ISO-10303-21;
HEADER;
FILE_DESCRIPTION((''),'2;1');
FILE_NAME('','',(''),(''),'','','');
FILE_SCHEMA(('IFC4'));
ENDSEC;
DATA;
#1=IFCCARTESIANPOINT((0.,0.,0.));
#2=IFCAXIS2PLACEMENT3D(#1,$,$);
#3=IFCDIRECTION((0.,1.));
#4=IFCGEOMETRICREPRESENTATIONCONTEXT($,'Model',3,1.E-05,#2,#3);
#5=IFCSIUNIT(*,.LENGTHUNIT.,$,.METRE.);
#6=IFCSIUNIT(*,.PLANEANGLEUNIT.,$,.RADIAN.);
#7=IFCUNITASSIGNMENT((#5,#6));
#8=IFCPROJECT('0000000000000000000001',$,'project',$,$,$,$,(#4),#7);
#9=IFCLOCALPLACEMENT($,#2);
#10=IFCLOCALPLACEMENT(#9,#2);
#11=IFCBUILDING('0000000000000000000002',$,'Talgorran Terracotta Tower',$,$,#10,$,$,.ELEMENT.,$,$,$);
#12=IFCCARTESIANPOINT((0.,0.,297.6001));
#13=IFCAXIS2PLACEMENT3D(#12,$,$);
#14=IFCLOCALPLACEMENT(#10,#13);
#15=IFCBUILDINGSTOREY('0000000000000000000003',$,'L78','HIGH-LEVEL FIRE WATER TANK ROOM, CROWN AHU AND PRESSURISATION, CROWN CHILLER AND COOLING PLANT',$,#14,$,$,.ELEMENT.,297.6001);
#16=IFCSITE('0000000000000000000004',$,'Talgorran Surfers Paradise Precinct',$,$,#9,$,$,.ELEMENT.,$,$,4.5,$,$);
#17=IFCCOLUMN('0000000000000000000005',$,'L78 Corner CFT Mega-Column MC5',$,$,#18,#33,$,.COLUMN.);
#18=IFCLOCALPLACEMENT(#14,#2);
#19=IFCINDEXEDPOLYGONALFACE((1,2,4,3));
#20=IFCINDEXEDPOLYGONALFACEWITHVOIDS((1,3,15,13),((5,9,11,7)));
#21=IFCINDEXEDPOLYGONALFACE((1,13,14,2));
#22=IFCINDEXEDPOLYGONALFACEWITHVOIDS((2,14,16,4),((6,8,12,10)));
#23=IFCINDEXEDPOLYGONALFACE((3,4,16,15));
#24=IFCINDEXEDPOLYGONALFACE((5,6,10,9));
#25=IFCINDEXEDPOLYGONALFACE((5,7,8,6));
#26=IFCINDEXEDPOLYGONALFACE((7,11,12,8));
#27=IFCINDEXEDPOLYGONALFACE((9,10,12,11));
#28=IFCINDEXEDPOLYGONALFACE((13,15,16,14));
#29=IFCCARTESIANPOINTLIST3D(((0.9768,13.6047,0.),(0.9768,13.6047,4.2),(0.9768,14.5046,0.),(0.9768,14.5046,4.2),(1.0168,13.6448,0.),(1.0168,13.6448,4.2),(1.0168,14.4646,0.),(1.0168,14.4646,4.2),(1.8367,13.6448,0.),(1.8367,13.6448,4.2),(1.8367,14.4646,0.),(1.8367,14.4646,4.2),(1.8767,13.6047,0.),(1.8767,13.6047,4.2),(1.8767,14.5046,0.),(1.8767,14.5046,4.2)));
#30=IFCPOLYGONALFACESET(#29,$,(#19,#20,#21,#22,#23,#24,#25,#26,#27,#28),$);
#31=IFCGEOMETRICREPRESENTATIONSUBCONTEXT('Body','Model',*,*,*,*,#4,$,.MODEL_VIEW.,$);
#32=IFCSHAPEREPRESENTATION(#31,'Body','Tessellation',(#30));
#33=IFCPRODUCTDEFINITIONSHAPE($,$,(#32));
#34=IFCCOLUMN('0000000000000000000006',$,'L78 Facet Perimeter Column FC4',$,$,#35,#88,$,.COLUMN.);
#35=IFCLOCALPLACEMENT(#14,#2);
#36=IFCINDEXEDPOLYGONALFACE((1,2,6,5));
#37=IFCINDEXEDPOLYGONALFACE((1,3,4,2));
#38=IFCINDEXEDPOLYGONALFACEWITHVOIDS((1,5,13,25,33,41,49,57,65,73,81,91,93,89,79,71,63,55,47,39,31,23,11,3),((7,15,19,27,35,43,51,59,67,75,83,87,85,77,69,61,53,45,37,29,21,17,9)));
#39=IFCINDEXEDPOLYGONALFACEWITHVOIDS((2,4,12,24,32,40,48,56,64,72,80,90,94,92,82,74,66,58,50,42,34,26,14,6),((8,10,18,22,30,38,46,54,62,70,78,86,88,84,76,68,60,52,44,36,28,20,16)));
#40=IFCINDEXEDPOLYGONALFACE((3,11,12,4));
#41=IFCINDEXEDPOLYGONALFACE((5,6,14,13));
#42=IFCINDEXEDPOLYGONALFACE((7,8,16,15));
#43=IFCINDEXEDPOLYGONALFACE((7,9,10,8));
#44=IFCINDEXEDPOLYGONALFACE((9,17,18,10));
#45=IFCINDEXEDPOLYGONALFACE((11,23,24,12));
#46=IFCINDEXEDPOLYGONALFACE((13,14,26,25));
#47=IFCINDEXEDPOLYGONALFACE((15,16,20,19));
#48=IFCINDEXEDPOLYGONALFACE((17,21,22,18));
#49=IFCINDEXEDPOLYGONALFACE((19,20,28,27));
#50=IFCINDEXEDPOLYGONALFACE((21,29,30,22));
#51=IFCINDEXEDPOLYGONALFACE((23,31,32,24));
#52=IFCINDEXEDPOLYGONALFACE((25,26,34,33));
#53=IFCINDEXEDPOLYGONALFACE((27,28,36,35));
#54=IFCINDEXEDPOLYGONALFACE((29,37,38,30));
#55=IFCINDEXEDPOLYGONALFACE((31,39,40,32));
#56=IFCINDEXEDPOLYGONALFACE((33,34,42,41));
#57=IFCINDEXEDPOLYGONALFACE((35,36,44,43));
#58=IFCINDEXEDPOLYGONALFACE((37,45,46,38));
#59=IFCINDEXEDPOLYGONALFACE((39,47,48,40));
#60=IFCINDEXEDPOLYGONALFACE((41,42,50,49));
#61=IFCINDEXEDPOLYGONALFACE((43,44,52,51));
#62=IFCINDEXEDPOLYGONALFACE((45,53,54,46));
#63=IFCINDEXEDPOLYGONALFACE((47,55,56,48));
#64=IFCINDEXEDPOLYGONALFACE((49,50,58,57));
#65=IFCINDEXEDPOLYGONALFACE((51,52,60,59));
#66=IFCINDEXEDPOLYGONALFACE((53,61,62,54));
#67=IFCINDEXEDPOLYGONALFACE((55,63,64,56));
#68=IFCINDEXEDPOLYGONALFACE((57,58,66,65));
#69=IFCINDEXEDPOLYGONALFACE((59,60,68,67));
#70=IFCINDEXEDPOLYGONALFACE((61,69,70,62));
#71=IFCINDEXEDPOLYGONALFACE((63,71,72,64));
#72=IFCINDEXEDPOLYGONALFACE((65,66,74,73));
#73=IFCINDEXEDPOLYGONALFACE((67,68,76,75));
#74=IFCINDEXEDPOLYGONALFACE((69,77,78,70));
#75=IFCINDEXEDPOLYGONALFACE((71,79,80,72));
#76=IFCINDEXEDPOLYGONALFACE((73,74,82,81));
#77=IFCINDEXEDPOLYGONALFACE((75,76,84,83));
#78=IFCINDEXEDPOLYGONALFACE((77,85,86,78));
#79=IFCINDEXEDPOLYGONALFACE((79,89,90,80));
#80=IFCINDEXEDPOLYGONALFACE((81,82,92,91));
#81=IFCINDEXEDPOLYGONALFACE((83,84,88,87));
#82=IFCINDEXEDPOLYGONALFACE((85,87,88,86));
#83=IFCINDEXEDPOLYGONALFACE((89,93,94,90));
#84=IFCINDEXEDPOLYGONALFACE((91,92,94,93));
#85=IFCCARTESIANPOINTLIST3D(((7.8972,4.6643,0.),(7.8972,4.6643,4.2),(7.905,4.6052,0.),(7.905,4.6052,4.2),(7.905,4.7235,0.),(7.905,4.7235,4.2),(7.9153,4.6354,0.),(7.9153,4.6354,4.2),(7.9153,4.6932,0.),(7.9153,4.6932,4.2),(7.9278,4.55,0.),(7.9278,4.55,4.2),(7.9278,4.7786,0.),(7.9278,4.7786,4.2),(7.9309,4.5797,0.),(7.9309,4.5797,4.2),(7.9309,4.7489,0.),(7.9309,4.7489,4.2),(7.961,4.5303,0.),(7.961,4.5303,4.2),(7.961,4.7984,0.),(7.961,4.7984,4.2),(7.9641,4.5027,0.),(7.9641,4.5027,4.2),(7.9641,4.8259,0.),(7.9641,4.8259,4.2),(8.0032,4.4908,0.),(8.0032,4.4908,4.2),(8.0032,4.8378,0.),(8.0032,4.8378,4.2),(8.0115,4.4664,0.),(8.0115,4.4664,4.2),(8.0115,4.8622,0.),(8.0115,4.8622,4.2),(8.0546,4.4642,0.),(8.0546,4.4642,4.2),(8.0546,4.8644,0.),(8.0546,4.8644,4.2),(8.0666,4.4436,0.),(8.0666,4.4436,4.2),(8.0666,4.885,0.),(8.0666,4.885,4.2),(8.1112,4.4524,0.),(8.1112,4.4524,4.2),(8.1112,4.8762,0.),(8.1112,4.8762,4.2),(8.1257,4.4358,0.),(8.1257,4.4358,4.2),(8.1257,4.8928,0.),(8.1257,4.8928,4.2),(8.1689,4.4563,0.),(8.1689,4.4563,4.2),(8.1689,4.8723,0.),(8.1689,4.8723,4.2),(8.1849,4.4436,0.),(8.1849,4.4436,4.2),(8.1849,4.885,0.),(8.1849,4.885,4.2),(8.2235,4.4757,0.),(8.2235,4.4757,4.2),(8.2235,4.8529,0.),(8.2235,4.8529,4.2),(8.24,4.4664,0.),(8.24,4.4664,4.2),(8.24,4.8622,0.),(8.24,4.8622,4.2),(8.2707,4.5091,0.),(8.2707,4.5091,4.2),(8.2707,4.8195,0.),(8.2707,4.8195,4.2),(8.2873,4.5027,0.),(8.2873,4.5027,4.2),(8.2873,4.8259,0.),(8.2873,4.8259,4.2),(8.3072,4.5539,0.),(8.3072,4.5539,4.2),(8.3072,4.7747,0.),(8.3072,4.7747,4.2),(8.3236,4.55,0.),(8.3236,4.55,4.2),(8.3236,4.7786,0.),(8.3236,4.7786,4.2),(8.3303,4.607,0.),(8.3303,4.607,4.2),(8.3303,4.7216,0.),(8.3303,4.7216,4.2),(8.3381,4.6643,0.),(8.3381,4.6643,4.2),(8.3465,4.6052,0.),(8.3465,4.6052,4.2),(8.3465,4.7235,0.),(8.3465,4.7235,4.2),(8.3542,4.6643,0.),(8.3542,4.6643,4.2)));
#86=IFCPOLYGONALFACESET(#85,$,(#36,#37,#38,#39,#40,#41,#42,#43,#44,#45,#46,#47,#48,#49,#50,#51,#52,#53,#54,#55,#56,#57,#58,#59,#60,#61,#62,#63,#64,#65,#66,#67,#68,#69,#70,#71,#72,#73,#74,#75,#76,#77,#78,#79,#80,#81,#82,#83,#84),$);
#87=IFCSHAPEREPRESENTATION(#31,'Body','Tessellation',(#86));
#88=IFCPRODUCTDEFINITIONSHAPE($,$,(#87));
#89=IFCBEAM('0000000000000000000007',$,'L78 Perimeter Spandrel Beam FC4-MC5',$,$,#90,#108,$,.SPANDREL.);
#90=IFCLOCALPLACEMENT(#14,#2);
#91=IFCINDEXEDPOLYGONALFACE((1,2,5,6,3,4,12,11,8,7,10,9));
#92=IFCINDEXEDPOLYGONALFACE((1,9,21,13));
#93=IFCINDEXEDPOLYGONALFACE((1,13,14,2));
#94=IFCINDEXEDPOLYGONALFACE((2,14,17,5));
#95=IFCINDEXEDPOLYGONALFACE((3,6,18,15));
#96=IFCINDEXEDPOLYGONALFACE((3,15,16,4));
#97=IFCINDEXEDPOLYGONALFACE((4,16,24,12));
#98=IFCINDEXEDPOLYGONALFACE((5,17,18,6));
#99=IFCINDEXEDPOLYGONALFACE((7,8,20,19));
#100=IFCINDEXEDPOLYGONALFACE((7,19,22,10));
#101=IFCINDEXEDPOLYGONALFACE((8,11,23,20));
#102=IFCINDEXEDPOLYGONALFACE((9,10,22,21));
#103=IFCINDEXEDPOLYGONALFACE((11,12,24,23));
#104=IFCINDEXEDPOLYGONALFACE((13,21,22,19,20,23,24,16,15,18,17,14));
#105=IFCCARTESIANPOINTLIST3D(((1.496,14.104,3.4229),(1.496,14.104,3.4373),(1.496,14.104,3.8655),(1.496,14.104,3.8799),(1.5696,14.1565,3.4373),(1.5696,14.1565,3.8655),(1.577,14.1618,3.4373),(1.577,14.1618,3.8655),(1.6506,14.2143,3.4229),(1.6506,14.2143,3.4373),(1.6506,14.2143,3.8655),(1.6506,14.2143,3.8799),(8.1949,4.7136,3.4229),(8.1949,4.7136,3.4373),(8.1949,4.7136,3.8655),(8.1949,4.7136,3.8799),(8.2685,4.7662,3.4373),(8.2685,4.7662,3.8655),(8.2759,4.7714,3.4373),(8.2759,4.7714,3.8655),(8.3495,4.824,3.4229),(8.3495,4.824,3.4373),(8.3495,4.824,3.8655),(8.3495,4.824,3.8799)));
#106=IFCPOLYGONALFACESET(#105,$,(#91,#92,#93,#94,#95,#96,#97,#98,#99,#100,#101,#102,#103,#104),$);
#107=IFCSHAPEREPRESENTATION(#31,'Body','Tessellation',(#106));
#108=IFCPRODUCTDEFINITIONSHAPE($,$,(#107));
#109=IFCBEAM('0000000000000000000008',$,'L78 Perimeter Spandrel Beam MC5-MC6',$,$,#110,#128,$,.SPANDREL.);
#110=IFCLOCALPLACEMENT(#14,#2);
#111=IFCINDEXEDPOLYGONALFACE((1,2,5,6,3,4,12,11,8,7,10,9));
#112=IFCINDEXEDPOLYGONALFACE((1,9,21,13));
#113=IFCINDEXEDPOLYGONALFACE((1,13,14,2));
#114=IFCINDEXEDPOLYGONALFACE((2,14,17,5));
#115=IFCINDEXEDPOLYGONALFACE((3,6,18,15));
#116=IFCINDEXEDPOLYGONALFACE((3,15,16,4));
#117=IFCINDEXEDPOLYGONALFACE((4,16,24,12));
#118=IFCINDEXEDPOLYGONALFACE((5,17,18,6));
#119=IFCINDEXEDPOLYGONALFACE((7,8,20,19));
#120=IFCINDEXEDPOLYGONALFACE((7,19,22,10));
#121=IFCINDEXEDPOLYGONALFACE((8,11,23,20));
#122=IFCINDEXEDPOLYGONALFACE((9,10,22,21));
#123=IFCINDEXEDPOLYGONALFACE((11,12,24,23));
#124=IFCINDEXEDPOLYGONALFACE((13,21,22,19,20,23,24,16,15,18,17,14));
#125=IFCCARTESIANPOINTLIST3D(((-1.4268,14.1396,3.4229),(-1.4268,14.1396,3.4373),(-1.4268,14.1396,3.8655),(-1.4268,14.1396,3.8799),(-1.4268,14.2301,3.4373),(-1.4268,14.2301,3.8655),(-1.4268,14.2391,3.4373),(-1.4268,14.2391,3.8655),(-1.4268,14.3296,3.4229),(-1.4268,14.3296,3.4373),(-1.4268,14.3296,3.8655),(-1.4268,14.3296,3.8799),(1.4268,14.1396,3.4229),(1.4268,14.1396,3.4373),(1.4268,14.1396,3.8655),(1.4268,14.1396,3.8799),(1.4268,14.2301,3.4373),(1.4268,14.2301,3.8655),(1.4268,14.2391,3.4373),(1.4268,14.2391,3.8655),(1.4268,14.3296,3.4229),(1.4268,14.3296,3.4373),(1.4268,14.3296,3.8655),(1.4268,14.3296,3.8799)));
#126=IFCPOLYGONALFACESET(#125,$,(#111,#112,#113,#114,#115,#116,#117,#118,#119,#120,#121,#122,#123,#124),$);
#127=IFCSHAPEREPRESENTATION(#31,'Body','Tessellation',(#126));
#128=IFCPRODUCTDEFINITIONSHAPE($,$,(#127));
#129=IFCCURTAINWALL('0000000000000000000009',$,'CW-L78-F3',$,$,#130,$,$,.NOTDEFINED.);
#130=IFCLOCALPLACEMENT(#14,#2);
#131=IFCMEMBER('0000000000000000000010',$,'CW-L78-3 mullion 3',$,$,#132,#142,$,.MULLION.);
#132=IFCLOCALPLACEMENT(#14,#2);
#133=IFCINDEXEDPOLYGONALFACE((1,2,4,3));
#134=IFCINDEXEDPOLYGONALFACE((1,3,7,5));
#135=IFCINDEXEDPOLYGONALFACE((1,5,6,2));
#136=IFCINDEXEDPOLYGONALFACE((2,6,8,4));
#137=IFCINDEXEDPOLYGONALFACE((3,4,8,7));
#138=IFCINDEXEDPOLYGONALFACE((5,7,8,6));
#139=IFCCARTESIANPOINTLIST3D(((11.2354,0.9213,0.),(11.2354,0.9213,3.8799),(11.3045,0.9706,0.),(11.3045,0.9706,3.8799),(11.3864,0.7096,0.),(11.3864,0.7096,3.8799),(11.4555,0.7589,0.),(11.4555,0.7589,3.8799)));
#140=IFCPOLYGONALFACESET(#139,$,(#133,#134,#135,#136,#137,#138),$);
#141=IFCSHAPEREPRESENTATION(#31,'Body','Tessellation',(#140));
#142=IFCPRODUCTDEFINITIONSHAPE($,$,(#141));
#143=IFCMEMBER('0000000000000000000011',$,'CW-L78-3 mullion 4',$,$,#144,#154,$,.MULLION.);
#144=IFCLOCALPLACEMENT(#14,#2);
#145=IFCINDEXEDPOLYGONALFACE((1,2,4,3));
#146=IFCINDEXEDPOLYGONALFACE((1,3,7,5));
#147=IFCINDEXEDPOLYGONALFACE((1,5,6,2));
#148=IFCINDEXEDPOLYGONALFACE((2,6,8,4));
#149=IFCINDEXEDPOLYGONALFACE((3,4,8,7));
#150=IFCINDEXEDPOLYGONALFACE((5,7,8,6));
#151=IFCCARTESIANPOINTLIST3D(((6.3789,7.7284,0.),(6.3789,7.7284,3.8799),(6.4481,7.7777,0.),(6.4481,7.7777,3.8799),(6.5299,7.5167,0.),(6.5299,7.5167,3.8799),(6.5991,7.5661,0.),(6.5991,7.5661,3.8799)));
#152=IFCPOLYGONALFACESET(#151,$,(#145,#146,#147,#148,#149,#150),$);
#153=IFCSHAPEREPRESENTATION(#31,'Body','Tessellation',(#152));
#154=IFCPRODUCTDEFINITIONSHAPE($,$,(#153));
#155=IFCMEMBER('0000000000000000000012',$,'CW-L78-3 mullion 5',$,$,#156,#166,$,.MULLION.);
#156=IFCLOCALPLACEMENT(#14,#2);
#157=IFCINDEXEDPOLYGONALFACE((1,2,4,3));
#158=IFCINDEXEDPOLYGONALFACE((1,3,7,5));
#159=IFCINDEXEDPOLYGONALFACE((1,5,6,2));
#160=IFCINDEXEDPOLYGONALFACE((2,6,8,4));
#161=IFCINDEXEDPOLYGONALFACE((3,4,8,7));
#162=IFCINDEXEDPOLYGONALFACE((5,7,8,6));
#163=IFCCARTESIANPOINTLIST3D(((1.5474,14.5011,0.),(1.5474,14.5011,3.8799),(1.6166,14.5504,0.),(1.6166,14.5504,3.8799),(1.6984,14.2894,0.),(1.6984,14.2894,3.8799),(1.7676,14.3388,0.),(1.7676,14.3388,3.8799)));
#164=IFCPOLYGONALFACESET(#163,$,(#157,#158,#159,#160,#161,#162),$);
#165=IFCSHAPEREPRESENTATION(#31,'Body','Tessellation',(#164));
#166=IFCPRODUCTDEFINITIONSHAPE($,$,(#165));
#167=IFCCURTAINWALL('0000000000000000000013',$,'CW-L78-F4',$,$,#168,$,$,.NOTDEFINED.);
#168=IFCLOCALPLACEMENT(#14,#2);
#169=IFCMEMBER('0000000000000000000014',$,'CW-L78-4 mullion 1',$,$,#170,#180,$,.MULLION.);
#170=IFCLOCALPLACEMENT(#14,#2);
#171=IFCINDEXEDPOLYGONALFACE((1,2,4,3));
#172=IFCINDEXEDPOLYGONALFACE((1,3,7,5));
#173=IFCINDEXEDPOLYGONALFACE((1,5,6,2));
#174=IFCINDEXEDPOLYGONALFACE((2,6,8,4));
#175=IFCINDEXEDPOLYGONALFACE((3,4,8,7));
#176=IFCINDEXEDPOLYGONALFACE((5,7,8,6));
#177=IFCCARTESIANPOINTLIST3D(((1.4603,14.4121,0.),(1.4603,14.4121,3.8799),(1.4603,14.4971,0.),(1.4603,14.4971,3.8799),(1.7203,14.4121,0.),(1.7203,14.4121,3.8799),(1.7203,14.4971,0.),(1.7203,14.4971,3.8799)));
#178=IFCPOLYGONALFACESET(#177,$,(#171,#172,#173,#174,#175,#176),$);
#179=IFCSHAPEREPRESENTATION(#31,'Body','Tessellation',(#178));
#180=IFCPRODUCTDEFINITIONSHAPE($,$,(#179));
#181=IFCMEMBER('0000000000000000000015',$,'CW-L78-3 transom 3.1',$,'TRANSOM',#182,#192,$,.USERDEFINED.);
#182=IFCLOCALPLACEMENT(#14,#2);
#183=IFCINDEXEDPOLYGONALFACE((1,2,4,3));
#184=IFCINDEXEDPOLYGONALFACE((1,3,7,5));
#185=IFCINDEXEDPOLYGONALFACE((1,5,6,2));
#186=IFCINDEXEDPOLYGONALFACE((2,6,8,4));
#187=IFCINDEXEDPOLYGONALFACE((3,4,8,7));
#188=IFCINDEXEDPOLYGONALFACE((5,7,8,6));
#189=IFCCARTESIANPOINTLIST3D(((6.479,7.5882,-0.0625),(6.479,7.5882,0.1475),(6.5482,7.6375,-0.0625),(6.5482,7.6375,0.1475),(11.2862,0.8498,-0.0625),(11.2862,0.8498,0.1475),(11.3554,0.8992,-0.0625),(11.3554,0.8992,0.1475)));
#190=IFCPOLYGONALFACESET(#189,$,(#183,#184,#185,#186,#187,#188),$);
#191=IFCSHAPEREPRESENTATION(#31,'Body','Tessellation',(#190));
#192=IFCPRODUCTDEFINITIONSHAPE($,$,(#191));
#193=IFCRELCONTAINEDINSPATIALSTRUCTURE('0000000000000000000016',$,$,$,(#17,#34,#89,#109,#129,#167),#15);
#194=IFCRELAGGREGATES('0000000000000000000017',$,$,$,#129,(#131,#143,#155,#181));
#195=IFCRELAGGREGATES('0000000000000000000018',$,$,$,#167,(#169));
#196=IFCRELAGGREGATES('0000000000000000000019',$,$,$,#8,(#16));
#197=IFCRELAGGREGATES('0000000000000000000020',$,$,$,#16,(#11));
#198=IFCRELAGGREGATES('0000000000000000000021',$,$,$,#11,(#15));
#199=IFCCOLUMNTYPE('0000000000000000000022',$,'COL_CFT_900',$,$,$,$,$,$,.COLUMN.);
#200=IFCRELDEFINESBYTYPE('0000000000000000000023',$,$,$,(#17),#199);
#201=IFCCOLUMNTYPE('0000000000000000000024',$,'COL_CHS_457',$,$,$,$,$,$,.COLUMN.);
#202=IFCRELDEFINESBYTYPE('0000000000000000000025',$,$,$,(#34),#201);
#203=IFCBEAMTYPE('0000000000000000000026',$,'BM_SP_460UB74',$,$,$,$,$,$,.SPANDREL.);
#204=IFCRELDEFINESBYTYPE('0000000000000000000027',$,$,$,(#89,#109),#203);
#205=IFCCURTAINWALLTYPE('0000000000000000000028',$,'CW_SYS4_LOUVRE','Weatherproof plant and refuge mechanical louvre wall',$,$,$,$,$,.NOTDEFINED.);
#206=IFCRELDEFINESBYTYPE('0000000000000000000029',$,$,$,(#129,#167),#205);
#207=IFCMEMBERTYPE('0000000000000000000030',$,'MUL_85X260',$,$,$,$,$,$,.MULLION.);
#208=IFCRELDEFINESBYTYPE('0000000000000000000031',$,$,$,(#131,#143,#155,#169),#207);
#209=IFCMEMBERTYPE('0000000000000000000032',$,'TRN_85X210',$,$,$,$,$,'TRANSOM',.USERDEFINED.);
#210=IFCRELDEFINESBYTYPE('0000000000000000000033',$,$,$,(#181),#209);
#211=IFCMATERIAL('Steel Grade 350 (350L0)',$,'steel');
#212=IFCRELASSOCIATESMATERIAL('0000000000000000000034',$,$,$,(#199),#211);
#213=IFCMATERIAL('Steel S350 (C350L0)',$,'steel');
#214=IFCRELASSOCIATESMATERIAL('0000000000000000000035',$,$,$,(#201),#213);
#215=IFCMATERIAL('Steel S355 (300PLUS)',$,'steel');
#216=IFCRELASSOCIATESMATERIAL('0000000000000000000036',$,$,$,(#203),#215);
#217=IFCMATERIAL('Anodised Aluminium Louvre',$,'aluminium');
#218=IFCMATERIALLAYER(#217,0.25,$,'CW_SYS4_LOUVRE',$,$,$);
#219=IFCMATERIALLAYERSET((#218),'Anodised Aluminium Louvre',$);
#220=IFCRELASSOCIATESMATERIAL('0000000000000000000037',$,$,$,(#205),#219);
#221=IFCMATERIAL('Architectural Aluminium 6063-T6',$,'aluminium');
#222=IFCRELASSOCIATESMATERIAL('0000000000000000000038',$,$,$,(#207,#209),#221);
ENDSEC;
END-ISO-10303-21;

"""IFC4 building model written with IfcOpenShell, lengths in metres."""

from ifc_helpers import new_model, si_unit, direction, frame, origin, origin_2d, place, context, subcontext, project, spatial, rectangle, hollow_rectangle, hollow_circle, i_section, extrude, material, layer, layer_set, material_profile, profile_set, type_object, element, aggregate, save


model = new_model("IFC4")

# Units and contexts
model_context = context("Model", 3, precision=1e-05, world=origin(), true_north=direction((0.0, 1.0)))
body_context = subcontext(model_context, "Body", "Model", "MODEL_VIEW")
ifc_project = project(units=[si_unit("LENGTHUNIT", "METRE"), si_unit("PLANEANGLEUNIT", "RADIAN")], contexts=[model_context])

# Site, building, storey
site_placement = place(None, origin())
site = spatial("IfcSite", under=ifc_project, at=site_placement, Name="Talgorran Surfers Paradise Precinct", CompositionType="ELEMENT", RefElevation=4.5)
building_placement = place(site_placement, origin())
building = spatial("IfcBuilding", under=site, at=building_placement, Name="Talgorran Terracotta Tower", CompositionType="ELEMENT")
storey_placement = place(building_placement, frame((0.0, 0.0, 297.6001)))
storey = spatial("IfcBuildingStorey", under=building, at=storey_placement, Name="L78", Description="HIGH-LEVEL FIRE WATER TANK ROOM, CROWN AHU AND PRESSURISATION, CROWN CHILLER AND COOLING PLANT", CompositionType="ELEMENT", Elevation=297.6001)

# Columns
ifc_material_1 = material(Name="Steel Grade 350 (350L0)", Category="steel")
ifc_material_profile_1 = material_profile(ifc_material_1, hollow_rectangle(XDim=0.8999, YDim=0.8999, WallThickness=0.04, at=origin_2d()), Name="CFT900X900X40")
ifc_profile_set_1 = profile_set([ifc_material_profile_1], Name="Steel Grade 350 (350L0)")
column_type_1 = type_object("IfcColumnType", Name="COL_CFT_900", PredefinedType="COLUMN", material=ifc_profile_set_1)
column_1_placement = place(storey_placement, frame((1.4268, 14.0547, 0.0), z_axis=(0.0, 0.0, 1.0), x_axis=(1.0, 0.0, 0.0)))
element("IfcColumn", 1, at=column_1_placement, inside=storey, type_object=column_type_1, Name="L78 Corner CFT Mega-Column MC5", PredefinedType="COLUMN", context=body_context, shape_type="SweptSolid", body=[
    extrude(hollow_rectangle(XDim=0.8999, YDim=0.8999, WallThickness=0.04, at=origin_2d()), origin(), (0.0, 0.0, 1.0), 4.2),
])
ifc_material_2 = material(Name="Steel S350 (C350L0)", Category="steel")
ifc_material_profile_2 = material_profile(ifc_material_2, hollow_circle(Radius=0.2285, WallThickness=0.0161, at=origin_2d()), Name="CHS457X16")
ifc_profile_set_2 = profile_set([ifc_material_profile_2], Name="Steel S350 (C350L0)")
column_type_2 = type_object("IfcColumnType", Name="COL_CHS_457", PredefinedType="COLUMN", material=ifc_profile_set_2)
column_2_placement = place(storey_placement, frame((8.1257, 4.6643, 0.0), z_axis=(0.0, 0.0, 1.0), x_axis=(1.0, 0.0, 0.0)))
element("IfcColumn", 2, at=column_2_placement, inside=storey, type_object=column_type_2, Name="L78 Facet Perimeter Column FC4", PredefinedType="COLUMN", context=body_context, shape_type="SweptSolid", body=[
    extrude(hollow_circle(Radius=0.2285, WallThickness=0.0161, at=origin_2d()), origin(), (0.0, 0.0, 1.0), 4.2),
])

# Beams
ifc_material_3 = material(Name="Steel S355 (300PLUS)", Category="steel")
ifc_material_profile_3 = material_profile(ifc_material_3, i_section(OverallWidth=0.1899, OverallDepth=0.457, WebThickness=0.009, FlangeThickness=0.0144, at=origin_2d()), Name="460UB74.6")
ifc_profile_set_3 = profile_set([ifc_material_profile_3], Name="Steel S355 (300PLUS)")
beam_type = type_object("IfcBeamType", Name="BM_SP_460UB74", PredefinedType="SPANDREL", material=ifc_profile_set_3)
beam_1_placement = place(storey_placement, frame((8.2722, 4.7688, 3.6514), z_axis=(-0.580754, 0.814079, 0.0), x_axis=(-0.814079, -0.580754, 0.0)))
element("IfcBeam", 3, at=beam_1_placement, inside=storey, type_object=beam_type, Name="L78 Perimeter Spandrel Beam FC4-MC5", PredefinedType="SPANDREL", context=body_context, shape_type="SweptSolid", body=[
    extrude(i_section(OverallWidth=0.1899, OverallDepth=0.457, WebThickness=0.009, FlangeThickness=0.0144, at=origin_2d()), origin(), (0.0, 0.0, 1.0), 11.5349),
])
beam_2_placement = place(storey_placement, frame((1.4268, 14.2346, 3.6514), z_axis=(-1.0, 0.0, 0.0), x_axis=(0.0, -1.0, 0.0)))
element("IfcBeam", 4, at=beam_2_placement, inside=storey, type_object=beam_type, Name="L78 Perimeter Spandrel Beam MC5-MC6", PredefinedType="SPANDREL", context=body_context, shape_type="SweptSolid", body=[
    extrude(i_section(OverallWidth=0.1899, OverallDepth=0.457, WebThickness=0.009, FlangeThickness=0.0144, at=origin_2d()), origin(), (0.0, 0.0, 1.0), 2.8535),
])

# Curtain wall, members
ifc_material_4 = material(Name="Anodised Aluminium Louvre", Category="aluminium")
ifc_layer_1 = layer(ifc_material_4, 0.25, Name="CW_SYS4_LOUVRE")
ifc_layer_set_1 = layer_set([ifc_layer_1], Name="Anodised Aluminium Louvre")
curtain_wall_type = type_object("IfcCurtainWallType", Name="CW_SYS4_LOUVRE", Description="Weatherproof plant and refuge mechanical louvre wall", PredefinedType="NOTDEFINED", material=ifc_layer_set_1)
curtain_wall_1_placement = place(storey_placement, origin())
curtain_wall_1 = element("IfcCurtainWall", 5, at=curtain_wall_1_placement, inside=storey, type_object=curtain_wall_type, Name="CW-L78-F3", PredefinedType="NOTDEFINED")
ifc_material_5 = material(Name="Architectural Aluminium 6063-T6", Category="aluminium")
ifc_material_profile_4 = material_profile(ifc_material_5, rectangle(XDim=0.085, YDim=0.26, at=origin_2d()), Name="CWM85X260")
ifc_profile_set_4 = profile_set([ifc_material_profile_4], Name="Architectural Aluminium 6063-T6")
member_type_1 = type_object("IfcMemberType", Name="MUL_85X260", PredefinedType="MULLION", material=ifc_profile_set_4)
member_1_placement = place(storey_placement, frame((11.3455, 0.8401, 0.0), z_axis=(0.0, 0.0, 1.0), x_axis=(-0.814076, -0.580758, 0.0)))
member_1 = element("IfcMember", 6, at=member_1_placement, type_object=member_type_1, Name="CW-L78-3 mullion 3", PredefinedType="MULLION", context=body_context, shape_type="SweptSolid", body=[
    extrude(rectangle(XDim=0.085, YDim=0.26, at=origin_2d()), origin(), (0.0, 0.0, 1.0), 3.8799),
])
member_2_placement = place(storey_placement, frame((6.489, 7.6472, 0.0), z_axis=(0.0, 0.0, 1.0), x_axis=(-0.814076, -0.580758, 0.0)))
member_2 = element("IfcMember", 7, at=member_2_placement, type_object=member_type_1, Name="CW-L78-3 mullion 4", PredefinedType="MULLION", context=body_context, shape_type="SweptSolid", body=[
    extrude(rectangle(XDim=0.085, YDim=0.26, at=origin_2d()), origin(), (0.0, 0.0, 1.0), 3.8799),
])
member_3_placement = place(storey_placement, frame((1.6575, 14.4199, 0.0), z_axis=(0.0, 0.0, 1.0), x_axis=(-0.814076, -0.580758, 0.0)))
member_3 = element("IfcMember", 8, at=member_3_placement, type_object=member_type_1, Name="CW-L78-3 mullion 5", PredefinedType="MULLION", context=body_context, shape_type="SweptSolid", body=[
    extrude(rectangle(XDim=0.085, YDim=0.26, at=origin_2d()), origin(), (0.0, 0.0, 1.0), 3.8799),
])

# Curtain wall, member
curtain_wall_2_placement = place(storey_placement, origin())
curtain_wall_2 = element("IfcCurtainWall", 9, at=curtain_wall_2_placement, inside=storey, type_object=curtain_wall_type, Name="CW-L78-F4", PredefinedType="NOTDEFINED")
member_4_placement = place(storey_placement, frame((1.5903, 14.4546, 0.0), z_axis=(0.0, 0.0, 1.0), x_axis=(0.0, -1.0, 0.0)))
member_4 = element("IfcMember", 10, at=member_4_placement, type_object=member_type_1, Name="CW-L78-4 mullion 1", PredefinedType="MULLION", context=body_context, shape_type="SweptSolid", body=[
    extrude(rectangle(XDim=0.085, YDim=0.26, at=origin_2d()), origin(), (0.0, 0.0, 1.0), 3.8799),
])

# Member
ifc_material_profile_5 = material_profile(ifc_material_5, rectangle(XDim=0.085, YDim=0.21, at=origin_2d()), Name="CWT85X210")
ifc_profile_set_5 = profile_set([ifc_material_profile_5], Name="Architectural Aluminium 6063-T6")
member_type_2 = type_object("IfcMemberType", Name="TRN_85X210", ElementType="TRANSOM", PredefinedType="USERDEFINED", material=ifc_profile_set_5)
member_5_placement = place(storey_placement, frame((11.3208, 0.8745, 0.0425), z_axis=(-0.580764, 0.814072, 0.0), x_axis=(-0.814072, -0.580764, 0.0)))
member_5 = element("IfcMember", 11, at=member_5_placement, type_object=member_type_2, Name="CW-L78-3 transom 3.1", ObjectType="TRANSOM", PredefinedType="USERDEFINED", context=body_context, shape_type="SweptSolid", body=[
    extrude(rectangle(XDim=0.085, YDim=0.21, at=origin_2d()), origin(), (0.0, 0.0, 1.0), 8.2773),
])

aggregate(curtain_wall_1, [member_1, member_2, member_3, member_5])
aggregate(curtain_wall_2, [member_4])

save(model, "model.ifc")
